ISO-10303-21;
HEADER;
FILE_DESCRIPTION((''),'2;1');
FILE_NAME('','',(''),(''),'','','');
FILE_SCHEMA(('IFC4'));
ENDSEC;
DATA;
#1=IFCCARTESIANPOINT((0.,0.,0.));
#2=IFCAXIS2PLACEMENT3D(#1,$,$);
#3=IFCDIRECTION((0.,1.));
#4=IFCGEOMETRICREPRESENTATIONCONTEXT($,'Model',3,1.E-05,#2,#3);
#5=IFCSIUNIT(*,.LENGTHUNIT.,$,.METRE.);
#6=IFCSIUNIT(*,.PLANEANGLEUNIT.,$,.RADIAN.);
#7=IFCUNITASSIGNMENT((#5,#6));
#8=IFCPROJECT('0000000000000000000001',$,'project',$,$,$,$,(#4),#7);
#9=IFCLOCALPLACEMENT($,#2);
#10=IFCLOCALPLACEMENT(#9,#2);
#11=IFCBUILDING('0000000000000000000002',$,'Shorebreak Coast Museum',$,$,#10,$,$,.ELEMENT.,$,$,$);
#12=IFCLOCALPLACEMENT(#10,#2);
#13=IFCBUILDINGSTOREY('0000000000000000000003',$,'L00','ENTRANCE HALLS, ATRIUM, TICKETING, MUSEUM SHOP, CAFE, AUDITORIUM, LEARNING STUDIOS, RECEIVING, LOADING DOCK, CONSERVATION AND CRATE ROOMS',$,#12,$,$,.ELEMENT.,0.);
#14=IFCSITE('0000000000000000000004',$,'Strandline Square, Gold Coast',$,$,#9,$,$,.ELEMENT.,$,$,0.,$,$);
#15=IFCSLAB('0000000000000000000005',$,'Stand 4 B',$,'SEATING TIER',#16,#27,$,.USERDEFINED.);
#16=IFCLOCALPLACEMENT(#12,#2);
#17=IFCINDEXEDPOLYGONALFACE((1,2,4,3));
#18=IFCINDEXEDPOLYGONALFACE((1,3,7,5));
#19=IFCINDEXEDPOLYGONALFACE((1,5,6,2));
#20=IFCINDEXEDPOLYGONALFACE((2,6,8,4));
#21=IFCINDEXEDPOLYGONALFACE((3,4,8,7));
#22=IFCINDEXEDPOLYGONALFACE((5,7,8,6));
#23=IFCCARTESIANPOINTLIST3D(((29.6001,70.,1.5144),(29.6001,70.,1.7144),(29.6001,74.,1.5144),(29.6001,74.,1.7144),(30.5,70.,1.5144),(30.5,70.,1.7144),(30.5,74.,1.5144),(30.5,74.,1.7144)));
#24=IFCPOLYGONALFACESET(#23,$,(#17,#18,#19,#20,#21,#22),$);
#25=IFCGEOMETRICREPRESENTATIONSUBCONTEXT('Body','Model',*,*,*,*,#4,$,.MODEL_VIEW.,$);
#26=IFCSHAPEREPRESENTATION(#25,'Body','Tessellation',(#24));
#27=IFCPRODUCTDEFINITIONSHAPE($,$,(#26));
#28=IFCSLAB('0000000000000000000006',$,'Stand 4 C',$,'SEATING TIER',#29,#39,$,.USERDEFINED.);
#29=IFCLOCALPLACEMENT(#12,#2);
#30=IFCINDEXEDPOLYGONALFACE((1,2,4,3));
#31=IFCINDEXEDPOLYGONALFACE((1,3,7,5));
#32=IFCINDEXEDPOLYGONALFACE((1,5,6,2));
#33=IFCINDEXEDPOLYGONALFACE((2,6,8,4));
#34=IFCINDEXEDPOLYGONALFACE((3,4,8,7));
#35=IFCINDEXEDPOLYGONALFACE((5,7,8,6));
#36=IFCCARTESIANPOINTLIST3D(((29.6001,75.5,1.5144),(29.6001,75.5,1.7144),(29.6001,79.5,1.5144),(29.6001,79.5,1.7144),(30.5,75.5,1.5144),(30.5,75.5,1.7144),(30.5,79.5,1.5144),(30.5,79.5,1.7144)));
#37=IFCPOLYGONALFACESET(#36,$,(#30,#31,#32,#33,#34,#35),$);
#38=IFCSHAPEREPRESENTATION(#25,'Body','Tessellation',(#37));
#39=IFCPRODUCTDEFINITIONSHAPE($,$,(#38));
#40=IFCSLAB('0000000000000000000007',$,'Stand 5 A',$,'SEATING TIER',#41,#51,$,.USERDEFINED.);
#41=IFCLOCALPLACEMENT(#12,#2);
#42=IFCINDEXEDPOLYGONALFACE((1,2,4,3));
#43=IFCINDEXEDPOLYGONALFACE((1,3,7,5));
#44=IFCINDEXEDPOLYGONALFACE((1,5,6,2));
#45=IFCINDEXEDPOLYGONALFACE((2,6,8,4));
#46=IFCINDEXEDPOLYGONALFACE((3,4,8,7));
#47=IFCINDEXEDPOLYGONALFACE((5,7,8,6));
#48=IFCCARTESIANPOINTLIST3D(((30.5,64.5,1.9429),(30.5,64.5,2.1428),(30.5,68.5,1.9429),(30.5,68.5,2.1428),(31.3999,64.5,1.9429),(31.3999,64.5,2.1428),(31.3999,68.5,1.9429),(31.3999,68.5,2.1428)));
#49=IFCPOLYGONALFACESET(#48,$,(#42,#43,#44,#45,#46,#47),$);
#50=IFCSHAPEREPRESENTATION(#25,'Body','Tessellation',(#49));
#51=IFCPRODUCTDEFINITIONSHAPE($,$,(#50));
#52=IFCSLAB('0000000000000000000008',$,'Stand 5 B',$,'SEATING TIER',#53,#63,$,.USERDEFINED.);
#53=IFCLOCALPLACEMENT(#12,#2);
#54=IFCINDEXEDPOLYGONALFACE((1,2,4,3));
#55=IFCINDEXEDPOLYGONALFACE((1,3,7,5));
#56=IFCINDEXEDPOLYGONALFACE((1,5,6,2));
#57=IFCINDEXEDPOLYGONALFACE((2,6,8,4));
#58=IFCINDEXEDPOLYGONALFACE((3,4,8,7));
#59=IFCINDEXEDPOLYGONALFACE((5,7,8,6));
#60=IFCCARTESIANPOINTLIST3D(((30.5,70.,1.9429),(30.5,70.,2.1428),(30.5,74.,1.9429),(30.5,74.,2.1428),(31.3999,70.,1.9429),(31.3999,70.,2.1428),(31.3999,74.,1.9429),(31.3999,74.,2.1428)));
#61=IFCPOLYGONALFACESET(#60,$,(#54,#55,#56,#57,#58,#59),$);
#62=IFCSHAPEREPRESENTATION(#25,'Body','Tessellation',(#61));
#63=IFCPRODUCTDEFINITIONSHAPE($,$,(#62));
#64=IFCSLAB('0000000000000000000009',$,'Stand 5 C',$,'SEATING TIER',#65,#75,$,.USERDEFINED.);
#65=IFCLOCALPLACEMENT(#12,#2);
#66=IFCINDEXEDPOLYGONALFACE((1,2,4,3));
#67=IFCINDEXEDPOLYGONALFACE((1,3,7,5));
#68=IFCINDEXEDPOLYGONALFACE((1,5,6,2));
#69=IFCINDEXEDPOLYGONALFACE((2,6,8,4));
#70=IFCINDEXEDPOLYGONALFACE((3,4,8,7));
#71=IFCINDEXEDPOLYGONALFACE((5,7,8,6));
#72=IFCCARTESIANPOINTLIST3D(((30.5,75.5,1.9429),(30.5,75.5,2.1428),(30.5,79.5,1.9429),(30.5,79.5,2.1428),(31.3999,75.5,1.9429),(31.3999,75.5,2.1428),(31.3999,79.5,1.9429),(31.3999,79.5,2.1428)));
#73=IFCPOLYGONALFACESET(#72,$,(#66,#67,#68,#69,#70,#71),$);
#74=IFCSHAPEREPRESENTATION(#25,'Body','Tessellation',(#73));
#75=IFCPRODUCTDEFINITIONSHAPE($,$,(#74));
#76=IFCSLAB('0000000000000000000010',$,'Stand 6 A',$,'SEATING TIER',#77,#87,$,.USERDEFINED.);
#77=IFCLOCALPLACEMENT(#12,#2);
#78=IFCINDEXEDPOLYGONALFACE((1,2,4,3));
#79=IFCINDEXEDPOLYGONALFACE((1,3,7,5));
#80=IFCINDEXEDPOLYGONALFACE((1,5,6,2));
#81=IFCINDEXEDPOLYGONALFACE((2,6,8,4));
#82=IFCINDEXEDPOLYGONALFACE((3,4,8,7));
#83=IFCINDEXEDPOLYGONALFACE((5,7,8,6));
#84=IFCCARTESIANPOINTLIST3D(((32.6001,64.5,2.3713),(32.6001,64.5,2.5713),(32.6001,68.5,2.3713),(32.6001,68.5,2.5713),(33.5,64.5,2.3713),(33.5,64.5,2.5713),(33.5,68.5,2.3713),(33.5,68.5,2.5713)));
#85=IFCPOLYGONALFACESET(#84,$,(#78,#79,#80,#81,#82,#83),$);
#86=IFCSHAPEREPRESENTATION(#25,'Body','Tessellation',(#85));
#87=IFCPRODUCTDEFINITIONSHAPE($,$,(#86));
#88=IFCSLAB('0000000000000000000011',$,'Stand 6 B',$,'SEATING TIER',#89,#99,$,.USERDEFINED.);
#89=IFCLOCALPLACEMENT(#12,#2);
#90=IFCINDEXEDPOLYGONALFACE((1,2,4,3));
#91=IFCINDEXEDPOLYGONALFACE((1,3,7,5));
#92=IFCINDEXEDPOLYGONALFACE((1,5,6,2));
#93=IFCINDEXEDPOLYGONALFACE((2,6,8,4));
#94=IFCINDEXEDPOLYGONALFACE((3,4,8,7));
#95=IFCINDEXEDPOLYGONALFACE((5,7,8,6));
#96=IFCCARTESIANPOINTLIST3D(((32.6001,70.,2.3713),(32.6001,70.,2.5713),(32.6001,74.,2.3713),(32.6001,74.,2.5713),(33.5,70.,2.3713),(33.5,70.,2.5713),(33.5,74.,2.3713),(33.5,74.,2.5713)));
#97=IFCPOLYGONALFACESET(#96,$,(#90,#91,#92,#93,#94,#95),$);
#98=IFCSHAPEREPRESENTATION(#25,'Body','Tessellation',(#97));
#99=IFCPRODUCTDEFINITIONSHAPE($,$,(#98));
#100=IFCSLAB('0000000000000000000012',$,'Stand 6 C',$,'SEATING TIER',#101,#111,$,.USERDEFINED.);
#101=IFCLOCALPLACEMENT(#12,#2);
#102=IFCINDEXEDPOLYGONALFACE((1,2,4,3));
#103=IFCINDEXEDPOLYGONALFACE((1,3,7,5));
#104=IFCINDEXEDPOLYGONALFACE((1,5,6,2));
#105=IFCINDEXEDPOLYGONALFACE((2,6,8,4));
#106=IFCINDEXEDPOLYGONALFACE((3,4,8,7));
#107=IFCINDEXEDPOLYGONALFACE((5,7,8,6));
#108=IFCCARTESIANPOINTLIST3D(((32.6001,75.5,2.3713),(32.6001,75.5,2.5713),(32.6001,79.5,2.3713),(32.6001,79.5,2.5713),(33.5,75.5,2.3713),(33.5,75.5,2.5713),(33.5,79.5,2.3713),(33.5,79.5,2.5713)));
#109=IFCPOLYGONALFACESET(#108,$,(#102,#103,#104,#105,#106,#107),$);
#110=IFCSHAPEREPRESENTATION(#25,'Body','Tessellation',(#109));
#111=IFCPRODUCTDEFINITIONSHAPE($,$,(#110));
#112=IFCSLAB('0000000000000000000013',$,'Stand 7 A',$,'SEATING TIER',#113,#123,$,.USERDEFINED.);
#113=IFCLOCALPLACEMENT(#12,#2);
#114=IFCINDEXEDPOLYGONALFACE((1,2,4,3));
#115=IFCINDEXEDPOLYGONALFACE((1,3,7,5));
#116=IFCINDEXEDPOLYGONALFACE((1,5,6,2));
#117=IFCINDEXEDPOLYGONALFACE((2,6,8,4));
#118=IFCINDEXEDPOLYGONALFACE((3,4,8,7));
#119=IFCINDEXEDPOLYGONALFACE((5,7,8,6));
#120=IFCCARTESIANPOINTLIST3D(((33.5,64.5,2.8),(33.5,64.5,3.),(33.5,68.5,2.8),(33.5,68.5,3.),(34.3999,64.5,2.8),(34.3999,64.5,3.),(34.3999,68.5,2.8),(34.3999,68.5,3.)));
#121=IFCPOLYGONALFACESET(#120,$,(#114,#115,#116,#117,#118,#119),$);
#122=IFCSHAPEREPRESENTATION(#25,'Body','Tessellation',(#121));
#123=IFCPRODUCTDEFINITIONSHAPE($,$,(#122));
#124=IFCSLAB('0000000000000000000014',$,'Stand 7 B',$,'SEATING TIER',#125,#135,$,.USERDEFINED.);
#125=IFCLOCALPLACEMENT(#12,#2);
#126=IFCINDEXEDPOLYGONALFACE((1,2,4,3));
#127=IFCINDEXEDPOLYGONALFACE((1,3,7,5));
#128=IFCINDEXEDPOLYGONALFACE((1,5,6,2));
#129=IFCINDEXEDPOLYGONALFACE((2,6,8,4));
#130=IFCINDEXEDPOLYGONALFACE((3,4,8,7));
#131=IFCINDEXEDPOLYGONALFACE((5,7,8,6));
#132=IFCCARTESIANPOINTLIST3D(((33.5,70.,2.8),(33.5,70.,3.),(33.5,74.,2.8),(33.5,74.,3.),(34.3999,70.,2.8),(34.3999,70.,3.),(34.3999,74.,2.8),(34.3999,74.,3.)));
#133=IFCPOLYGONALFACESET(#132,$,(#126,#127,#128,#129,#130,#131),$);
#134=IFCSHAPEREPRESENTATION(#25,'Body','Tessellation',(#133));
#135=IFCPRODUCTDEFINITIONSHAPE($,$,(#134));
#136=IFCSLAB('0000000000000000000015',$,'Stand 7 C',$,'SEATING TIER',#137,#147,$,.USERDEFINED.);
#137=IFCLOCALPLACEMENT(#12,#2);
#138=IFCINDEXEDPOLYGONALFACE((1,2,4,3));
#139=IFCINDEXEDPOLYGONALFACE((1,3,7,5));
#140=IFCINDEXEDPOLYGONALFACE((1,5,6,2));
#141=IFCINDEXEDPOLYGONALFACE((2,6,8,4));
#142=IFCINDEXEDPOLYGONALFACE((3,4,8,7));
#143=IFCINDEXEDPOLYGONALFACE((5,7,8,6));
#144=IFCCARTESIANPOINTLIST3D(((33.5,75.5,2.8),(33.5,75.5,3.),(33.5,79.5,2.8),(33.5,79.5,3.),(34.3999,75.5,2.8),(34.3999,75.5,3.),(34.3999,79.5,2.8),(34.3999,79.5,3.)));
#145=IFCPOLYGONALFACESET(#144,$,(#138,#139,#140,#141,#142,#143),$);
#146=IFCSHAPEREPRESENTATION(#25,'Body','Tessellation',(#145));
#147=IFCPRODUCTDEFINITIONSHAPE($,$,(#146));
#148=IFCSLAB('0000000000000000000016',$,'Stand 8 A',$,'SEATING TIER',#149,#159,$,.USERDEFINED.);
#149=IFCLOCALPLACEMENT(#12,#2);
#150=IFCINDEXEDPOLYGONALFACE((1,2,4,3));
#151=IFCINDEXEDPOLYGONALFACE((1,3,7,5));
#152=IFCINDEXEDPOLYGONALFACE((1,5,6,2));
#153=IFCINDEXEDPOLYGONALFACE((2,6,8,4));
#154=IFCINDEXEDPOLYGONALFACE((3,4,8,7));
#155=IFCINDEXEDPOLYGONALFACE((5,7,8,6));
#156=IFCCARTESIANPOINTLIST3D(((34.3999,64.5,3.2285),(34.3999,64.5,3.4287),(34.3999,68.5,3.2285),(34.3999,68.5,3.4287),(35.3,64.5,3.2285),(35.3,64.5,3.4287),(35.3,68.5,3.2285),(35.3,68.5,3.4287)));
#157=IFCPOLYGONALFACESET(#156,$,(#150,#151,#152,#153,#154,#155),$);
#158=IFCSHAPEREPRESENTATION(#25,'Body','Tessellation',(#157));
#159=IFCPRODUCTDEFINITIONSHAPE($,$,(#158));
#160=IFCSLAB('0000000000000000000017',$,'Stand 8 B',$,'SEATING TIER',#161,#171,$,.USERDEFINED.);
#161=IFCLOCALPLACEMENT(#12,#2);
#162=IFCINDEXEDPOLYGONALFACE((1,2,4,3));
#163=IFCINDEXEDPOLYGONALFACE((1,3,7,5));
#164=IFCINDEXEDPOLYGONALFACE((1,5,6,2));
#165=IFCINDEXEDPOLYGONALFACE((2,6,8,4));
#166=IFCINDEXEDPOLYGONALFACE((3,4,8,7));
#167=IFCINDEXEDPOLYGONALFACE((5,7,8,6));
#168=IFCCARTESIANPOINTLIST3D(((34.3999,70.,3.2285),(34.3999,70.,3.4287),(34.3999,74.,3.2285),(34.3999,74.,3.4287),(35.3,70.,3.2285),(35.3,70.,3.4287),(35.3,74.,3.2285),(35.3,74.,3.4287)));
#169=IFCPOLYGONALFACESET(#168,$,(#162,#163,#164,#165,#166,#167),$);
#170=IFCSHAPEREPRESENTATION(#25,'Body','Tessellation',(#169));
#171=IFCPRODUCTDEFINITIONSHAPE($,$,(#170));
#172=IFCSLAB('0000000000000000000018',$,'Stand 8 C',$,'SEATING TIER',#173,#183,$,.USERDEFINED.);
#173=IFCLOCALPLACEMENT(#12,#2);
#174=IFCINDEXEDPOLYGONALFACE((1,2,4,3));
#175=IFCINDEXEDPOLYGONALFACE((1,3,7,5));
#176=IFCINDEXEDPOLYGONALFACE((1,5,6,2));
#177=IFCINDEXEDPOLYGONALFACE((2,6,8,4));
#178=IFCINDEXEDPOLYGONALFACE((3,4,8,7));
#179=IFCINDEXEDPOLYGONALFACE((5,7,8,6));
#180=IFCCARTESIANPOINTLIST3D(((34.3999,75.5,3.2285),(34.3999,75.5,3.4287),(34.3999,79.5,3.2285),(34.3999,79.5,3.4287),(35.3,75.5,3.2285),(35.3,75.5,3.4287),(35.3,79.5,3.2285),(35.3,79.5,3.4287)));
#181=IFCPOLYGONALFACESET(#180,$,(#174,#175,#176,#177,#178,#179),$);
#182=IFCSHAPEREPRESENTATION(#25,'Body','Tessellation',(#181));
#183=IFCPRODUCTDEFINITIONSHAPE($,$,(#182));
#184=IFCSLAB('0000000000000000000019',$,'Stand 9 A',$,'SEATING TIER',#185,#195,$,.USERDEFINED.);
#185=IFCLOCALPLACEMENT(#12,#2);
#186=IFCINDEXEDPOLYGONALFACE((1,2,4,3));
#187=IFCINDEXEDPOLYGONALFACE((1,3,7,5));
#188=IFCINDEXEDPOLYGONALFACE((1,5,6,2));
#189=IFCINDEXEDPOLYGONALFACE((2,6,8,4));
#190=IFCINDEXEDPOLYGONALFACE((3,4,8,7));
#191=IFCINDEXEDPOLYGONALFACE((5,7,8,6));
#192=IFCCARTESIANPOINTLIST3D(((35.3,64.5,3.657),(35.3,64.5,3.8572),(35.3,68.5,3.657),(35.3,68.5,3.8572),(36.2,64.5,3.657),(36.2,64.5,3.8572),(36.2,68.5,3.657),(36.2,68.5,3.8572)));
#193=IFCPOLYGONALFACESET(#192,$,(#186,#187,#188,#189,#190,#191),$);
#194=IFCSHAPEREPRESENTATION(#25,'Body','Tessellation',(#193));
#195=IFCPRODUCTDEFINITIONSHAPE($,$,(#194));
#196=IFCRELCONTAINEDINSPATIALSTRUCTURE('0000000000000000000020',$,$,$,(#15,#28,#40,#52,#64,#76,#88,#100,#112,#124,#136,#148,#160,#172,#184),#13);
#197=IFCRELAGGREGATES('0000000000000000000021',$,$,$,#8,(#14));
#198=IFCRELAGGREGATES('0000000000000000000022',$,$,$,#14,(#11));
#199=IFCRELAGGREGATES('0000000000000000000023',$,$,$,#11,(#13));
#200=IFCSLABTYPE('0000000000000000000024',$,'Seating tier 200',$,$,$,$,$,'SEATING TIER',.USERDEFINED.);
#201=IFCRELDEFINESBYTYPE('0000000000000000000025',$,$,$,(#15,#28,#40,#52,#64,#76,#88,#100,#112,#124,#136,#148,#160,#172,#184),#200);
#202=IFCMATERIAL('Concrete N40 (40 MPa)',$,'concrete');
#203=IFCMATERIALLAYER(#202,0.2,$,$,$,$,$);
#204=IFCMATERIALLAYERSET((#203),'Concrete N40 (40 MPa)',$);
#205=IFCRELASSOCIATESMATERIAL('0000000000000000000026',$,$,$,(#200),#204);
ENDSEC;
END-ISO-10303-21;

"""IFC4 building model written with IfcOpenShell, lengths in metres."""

from ifc_helpers import new_model, si_unit, direction, frame, origin, place, context, subcontext, project, spatial, polyline, outline, extrude, material, layer, layer_set, type_object, element, save


model = new_model("IFC4")

# Units and contexts
model_context = context("Model", 3, precision=1e-05, world=origin(), true_north=direction((0.0, 1.0)))
body_context = subcontext(model_context, "Body", "Model", "MODEL_VIEW")
ifc_project = project(units=[si_unit("LENGTHUNIT", "METRE"), si_unit("PLANEANGLEUNIT", "RADIAN")], contexts=[model_context])

# Site, building, storey
site_placement = place(None, origin())
site = spatial("IfcSite", under=ifc_project, at=site_placement, Name="Strandline Square, Gold Coast", CompositionType="ELEMENT", RefElevation=0.0)
building_placement = place(site_placement, origin())
building = spatial("IfcBuilding", under=site, at=building_placement, Name="Shorebreak Coast Museum", CompositionType="ELEMENT")
storey_placement = place(building_placement, origin())
storey = spatial("IfcBuildingStorey", under=building, at=storey_placement, Name="L00", Description="ENTRANCE HALLS, ATRIUM, TICKETING, MUSEUM SHOP, CAFE, AUDITORIUM, LEARNING STUDIOS, RECEIVING, LOADING DOCK, CONSERVATION AND CRATE ROOMS", CompositionType="ELEMENT", Elevation=0.0)

# Slabs
ifc_material = material(Name="Concrete N40 (40 MPa)", Category="concrete")
ifc_layer = layer(ifc_material, 0.2)
ifc_layer_set = layer_set([ifc_layer], Name="Concrete N40 (40 MPa)")
slab_type = type_object("IfcSlabType", Name="Seating tier 200", ElementType="SEATING TIER", PredefinedType="USERDEFINED", material=ifc_layer_set)
slab_1_placement = place(storey_placement, frame((0.0, 0.0, 1.5144)))
element("IfcSlab", 1, at=slab_1_placement, inside=storey, type_object=slab_type, Name="Stand 4 B", ObjectType="SEATING TIER", PredefinedType="USERDEFINED", context=body_context, shape_type="SweptSolid", body=[
    extrude(outline(polyline([(29.6001, 70.0), (30.5, 70.0), (30.5, 74.0), (29.6001, 74.0), (29.6001, 70.0)])), origin(), (0.0, 0.0, 1.0), 0.2),
])
slab_2_placement = place(storey_placement, frame((0.0, 0.0, 1.5144)))
element("IfcSlab", 2, at=slab_2_placement, inside=storey, type_object=slab_type, Name="Stand 4 C", ObjectType="SEATING TIER", PredefinedType="USERDEFINED", context=body_context, shape_type="SweptSolid", body=[
    extrude(outline(polyline([(29.6001, 75.5), (30.5, 75.5), (30.5, 79.5), (29.6001, 79.5), (29.6001, 75.5)])), origin(), (0.0, 0.0, 1.0), 0.2),
])
slab_3_placement = place(storey_placement, frame((0.0, 0.0, 1.9429)))
element("IfcSlab", 3, at=slab_3_placement, inside=storey, type_object=slab_type, Name="Stand 5 A", ObjectType="SEATING TIER", PredefinedType="USERDEFINED", context=body_context, shape_type="SweptSolid", body=[
    extrude(outline(polyline([(30.5, 64.5), (31.3999, 64.5), (31.3999, 68.5), (30.5, 68.5), (30.5, 64.5)])), origin(), (0.0, 0.0, 1.0), 0.2),
])
slab_4_placement = place(storey_placement, frame((0.0, 0.0, 1.9429)))
element("IfcSlab", 4, at=slab_4_placement, inside=storey, type_object=slab_type, Name="Stand 5 B", ObjectType="SEATING TIER", PredefinedType="USERDEFINED", context=body_context, shape_type="SweptSolid", body=[
    extrude(outline(polyline([(30.5, 70.0), (31.3999, 70.0), (31.3999, 74.0), (30.5, 74.0), (30.5, 70.0)])), origin(), (0.0, 0.0, 1.0), 0.2),
])
slab_5_placement = place(storey_placement, frame((0.0, 0.0, 1.9429)))
element("IfcSlab", 5, at=slab_5_placement, inside=storey, type_object=slab_type, Name="Stand 5 C", ObjectType="SEATING TIER", PredefinedType="USERDEFINED", context=body_context, shape_type="SweptSolid", body=[
    extrude(outline(polyline([(30.5, 75.5), (31.3999, 75.5), (31.3999, 79.5), (30.5, 79.5), (30.5, 75.5)])), origin(), (0.0, 0.0, 1.0), 0.2),
])
slab_6_placement = place(storey_placement, frame((0.0, 0.0, 2.3713)))
element("IfcSlab", 6, at=slab_6_placement, inside=storey, type_object=slab_type, Name="Stand 6 A", ObjectType="SEATING TIER", PredefinedType="USERDEFINED", context=body_context, shape_type="SweptSolid", body=[
    extrude(outline(polyline([(32.6001, 64.5), (33.5, 64.5), (33.5, 68.5), (32.6001, 68.5), (32.6001, 64.5)])), origin(), (0.0, 0.0, 1.0), 0.2),
])
slab_7_placement = place(storey_placement, frame((0.0, 0.0, 2.3713)))
element("IfcSlab", 7, at=slab_7_placement, inside=storey, type_object=slab_type, Name="Stand 6 B", ObjectType="SEATING TIER", PredefinedType="USERDEFINED", context=body_context, shape_type="SweptSolid", body=[
    extrude(outline(polyline([(32.6001, 70.0), (33.5, 70.0), (33.5, 74.0), (32.6001, 74.0), (32.6001, 70.0)])), origin(), (0.0, 0.0, 1.0), 0.2),
])
slab_8_placement = place(storey_placement, frame((0.0, 0.0, 2.3713)))
element("IfcSlab", 8, at=slab_8_placement, inside=storey, type_object=slab_type, Name="Stand 6 C", ObjectType="SEATING TIER", PredefinedType="USERDEFINED", context=body_context, shape_type="SweptSolid", body=[
    extrude(outline(polyline([(32.6001, 75.5), (33.5, 75.5), (33.5, 79.5), (32.6001, 79.5), (32.6001, 75.5)])), origin(), (0.0, 0.0, 1.0), 0.2),
])
slab_9_placement = place(storey_placement, frame((0.0, 0.0, 2.8)))
element("IfcSlab", 9, at=slab_9_placement, inside=storey, type_object=slab_type, Name="Stand 7 A", ObjectType="SEATING TIER", PredefinedType="USERDEFINED", context=body_context, shape_type="SweptSolid", body=[
    extrude(outline(polyline([(33.5, 64.5), (34.3999, 64.5), (34.3999, 68.5), (33.5, 68.5), (33.5, 64.5)])), origin(), (0.0, 0.0, 1.0), 0.2),
])
slab_10_placement = place(storey_placement, frame((0.0, 0.0, 2.8)))
element("IfcSlab", 10, at=slab_10_placement, inside=storey, type_object=slab_type, Name="Stand 7 B", ObjectType="SEATING TIER", PredefinedType="USERDEFINED", context=body_context, shape_type="SweptSolid", body=[
    extrude(outline(polyline([(33.5, 70.0), (34.3999, 70.0), (34.3999, 74.0), (33.5, 74.0), (33.5, 70.0)])), origin(), (0.0, 0.0, 1.0), 0.2),
])
slab_11_placement = place(storey_placement, frame((0.0, 0.0, 2.8)))
element("IfcSlab", 11, at=slab_11_placement, inside=storey, type_object=slab_type, Name="Stand 7 C", ObjectType="SEATING TIER", PredefinedType="USERDEFINED", context=body_context, shape_type="SweptSolid", body=[
    extrude(outline(polyline([(33.5, 75.5), (34.3999, 75.5), (34.3999, 79.5), (33.5, 79.5), (33.5, 75.5)])), origin(), (0.0, 0.0, 1.0), 0.2),
])
slab_12_placement = place(storey_placement, frame((0.0, 0.0, 3.2285)))
element("IfcSlab", 12, at=slab_12_placement, inside=storey, type_object=slab_type, Name="Stand 8 A", ObjectType="SEATING TIER", PredefinedType="USERDEFINED", context=body_context, shape_type="SweptSolid", body=[
    extrude(outline(polyline([(34.3999, 64.5), (35.3, 64.5), (35.3, 68.5), (34.3999, 68.5), (34.3999, 64.5)])), origin(), (0.0, 0.0, 1.0), 0.2002),
])
slab_13_placement = place(storey_placement, frame((0.0, 0.0, 3.2285)))
element("IfcSlab", 13, at=slab_13_placement, inside=storey, type_object=slab_type, Name="Stand 8 B", ObjectType="SEATING TIER", PredefinedType="USERDEFINED", context=body_context, shape_type="SweptSolid", body=[
    extrude(outline(polyline([(34.3999, 70.0), (35.3, 70.0), (35.3, 74.0), (34.3999, 74.0), (34.3999, 70.0)])), origin(), (0.0, 0.0, 1.0), 0.2002),
])
slab_14_placement = place(storey_placement, frame((0.0, 0.0, 3.2285)))
element("IfcSlab", 14, at=slab_14_placement, inside=storey, type_object=slab_type, Name="Stand 8 C", ObjectType="SEATING TIER", PredefinedType="USERDEFINED", context=body_context, shape_type="SweptSolid", body=[
    extrude(outline(polyline([(34.3999, 75.5), (35.3, 75.5), (35.3, 79.5), (34.3999, 79.5), (34.3999, 75.5)])), origin(), (0.0, 0.0, 1.0), 0.2002),
])
slab_15_placement = place(storey_placement, frame((0.0, 0.0, 3.657)))
element("IfcSlab", 15, at=slab_15_placement, inside=storey, type_object=slab_type, Name="Stand 9 A", ObjectType="SEATING TIER", PredefinedType="USERDEFINED", context=body_context, shape_type="SweptSolid", body=[
    extrude(outline(polyline([(35.3, 64.5), (36.2, 64.5), (36.2, 68.5), (35.3, 68.5), (35.3, 64.5)])), origin(), (0.0, 0.0, 1.0), 0.2002),
])

save(model, "model.ifc")
